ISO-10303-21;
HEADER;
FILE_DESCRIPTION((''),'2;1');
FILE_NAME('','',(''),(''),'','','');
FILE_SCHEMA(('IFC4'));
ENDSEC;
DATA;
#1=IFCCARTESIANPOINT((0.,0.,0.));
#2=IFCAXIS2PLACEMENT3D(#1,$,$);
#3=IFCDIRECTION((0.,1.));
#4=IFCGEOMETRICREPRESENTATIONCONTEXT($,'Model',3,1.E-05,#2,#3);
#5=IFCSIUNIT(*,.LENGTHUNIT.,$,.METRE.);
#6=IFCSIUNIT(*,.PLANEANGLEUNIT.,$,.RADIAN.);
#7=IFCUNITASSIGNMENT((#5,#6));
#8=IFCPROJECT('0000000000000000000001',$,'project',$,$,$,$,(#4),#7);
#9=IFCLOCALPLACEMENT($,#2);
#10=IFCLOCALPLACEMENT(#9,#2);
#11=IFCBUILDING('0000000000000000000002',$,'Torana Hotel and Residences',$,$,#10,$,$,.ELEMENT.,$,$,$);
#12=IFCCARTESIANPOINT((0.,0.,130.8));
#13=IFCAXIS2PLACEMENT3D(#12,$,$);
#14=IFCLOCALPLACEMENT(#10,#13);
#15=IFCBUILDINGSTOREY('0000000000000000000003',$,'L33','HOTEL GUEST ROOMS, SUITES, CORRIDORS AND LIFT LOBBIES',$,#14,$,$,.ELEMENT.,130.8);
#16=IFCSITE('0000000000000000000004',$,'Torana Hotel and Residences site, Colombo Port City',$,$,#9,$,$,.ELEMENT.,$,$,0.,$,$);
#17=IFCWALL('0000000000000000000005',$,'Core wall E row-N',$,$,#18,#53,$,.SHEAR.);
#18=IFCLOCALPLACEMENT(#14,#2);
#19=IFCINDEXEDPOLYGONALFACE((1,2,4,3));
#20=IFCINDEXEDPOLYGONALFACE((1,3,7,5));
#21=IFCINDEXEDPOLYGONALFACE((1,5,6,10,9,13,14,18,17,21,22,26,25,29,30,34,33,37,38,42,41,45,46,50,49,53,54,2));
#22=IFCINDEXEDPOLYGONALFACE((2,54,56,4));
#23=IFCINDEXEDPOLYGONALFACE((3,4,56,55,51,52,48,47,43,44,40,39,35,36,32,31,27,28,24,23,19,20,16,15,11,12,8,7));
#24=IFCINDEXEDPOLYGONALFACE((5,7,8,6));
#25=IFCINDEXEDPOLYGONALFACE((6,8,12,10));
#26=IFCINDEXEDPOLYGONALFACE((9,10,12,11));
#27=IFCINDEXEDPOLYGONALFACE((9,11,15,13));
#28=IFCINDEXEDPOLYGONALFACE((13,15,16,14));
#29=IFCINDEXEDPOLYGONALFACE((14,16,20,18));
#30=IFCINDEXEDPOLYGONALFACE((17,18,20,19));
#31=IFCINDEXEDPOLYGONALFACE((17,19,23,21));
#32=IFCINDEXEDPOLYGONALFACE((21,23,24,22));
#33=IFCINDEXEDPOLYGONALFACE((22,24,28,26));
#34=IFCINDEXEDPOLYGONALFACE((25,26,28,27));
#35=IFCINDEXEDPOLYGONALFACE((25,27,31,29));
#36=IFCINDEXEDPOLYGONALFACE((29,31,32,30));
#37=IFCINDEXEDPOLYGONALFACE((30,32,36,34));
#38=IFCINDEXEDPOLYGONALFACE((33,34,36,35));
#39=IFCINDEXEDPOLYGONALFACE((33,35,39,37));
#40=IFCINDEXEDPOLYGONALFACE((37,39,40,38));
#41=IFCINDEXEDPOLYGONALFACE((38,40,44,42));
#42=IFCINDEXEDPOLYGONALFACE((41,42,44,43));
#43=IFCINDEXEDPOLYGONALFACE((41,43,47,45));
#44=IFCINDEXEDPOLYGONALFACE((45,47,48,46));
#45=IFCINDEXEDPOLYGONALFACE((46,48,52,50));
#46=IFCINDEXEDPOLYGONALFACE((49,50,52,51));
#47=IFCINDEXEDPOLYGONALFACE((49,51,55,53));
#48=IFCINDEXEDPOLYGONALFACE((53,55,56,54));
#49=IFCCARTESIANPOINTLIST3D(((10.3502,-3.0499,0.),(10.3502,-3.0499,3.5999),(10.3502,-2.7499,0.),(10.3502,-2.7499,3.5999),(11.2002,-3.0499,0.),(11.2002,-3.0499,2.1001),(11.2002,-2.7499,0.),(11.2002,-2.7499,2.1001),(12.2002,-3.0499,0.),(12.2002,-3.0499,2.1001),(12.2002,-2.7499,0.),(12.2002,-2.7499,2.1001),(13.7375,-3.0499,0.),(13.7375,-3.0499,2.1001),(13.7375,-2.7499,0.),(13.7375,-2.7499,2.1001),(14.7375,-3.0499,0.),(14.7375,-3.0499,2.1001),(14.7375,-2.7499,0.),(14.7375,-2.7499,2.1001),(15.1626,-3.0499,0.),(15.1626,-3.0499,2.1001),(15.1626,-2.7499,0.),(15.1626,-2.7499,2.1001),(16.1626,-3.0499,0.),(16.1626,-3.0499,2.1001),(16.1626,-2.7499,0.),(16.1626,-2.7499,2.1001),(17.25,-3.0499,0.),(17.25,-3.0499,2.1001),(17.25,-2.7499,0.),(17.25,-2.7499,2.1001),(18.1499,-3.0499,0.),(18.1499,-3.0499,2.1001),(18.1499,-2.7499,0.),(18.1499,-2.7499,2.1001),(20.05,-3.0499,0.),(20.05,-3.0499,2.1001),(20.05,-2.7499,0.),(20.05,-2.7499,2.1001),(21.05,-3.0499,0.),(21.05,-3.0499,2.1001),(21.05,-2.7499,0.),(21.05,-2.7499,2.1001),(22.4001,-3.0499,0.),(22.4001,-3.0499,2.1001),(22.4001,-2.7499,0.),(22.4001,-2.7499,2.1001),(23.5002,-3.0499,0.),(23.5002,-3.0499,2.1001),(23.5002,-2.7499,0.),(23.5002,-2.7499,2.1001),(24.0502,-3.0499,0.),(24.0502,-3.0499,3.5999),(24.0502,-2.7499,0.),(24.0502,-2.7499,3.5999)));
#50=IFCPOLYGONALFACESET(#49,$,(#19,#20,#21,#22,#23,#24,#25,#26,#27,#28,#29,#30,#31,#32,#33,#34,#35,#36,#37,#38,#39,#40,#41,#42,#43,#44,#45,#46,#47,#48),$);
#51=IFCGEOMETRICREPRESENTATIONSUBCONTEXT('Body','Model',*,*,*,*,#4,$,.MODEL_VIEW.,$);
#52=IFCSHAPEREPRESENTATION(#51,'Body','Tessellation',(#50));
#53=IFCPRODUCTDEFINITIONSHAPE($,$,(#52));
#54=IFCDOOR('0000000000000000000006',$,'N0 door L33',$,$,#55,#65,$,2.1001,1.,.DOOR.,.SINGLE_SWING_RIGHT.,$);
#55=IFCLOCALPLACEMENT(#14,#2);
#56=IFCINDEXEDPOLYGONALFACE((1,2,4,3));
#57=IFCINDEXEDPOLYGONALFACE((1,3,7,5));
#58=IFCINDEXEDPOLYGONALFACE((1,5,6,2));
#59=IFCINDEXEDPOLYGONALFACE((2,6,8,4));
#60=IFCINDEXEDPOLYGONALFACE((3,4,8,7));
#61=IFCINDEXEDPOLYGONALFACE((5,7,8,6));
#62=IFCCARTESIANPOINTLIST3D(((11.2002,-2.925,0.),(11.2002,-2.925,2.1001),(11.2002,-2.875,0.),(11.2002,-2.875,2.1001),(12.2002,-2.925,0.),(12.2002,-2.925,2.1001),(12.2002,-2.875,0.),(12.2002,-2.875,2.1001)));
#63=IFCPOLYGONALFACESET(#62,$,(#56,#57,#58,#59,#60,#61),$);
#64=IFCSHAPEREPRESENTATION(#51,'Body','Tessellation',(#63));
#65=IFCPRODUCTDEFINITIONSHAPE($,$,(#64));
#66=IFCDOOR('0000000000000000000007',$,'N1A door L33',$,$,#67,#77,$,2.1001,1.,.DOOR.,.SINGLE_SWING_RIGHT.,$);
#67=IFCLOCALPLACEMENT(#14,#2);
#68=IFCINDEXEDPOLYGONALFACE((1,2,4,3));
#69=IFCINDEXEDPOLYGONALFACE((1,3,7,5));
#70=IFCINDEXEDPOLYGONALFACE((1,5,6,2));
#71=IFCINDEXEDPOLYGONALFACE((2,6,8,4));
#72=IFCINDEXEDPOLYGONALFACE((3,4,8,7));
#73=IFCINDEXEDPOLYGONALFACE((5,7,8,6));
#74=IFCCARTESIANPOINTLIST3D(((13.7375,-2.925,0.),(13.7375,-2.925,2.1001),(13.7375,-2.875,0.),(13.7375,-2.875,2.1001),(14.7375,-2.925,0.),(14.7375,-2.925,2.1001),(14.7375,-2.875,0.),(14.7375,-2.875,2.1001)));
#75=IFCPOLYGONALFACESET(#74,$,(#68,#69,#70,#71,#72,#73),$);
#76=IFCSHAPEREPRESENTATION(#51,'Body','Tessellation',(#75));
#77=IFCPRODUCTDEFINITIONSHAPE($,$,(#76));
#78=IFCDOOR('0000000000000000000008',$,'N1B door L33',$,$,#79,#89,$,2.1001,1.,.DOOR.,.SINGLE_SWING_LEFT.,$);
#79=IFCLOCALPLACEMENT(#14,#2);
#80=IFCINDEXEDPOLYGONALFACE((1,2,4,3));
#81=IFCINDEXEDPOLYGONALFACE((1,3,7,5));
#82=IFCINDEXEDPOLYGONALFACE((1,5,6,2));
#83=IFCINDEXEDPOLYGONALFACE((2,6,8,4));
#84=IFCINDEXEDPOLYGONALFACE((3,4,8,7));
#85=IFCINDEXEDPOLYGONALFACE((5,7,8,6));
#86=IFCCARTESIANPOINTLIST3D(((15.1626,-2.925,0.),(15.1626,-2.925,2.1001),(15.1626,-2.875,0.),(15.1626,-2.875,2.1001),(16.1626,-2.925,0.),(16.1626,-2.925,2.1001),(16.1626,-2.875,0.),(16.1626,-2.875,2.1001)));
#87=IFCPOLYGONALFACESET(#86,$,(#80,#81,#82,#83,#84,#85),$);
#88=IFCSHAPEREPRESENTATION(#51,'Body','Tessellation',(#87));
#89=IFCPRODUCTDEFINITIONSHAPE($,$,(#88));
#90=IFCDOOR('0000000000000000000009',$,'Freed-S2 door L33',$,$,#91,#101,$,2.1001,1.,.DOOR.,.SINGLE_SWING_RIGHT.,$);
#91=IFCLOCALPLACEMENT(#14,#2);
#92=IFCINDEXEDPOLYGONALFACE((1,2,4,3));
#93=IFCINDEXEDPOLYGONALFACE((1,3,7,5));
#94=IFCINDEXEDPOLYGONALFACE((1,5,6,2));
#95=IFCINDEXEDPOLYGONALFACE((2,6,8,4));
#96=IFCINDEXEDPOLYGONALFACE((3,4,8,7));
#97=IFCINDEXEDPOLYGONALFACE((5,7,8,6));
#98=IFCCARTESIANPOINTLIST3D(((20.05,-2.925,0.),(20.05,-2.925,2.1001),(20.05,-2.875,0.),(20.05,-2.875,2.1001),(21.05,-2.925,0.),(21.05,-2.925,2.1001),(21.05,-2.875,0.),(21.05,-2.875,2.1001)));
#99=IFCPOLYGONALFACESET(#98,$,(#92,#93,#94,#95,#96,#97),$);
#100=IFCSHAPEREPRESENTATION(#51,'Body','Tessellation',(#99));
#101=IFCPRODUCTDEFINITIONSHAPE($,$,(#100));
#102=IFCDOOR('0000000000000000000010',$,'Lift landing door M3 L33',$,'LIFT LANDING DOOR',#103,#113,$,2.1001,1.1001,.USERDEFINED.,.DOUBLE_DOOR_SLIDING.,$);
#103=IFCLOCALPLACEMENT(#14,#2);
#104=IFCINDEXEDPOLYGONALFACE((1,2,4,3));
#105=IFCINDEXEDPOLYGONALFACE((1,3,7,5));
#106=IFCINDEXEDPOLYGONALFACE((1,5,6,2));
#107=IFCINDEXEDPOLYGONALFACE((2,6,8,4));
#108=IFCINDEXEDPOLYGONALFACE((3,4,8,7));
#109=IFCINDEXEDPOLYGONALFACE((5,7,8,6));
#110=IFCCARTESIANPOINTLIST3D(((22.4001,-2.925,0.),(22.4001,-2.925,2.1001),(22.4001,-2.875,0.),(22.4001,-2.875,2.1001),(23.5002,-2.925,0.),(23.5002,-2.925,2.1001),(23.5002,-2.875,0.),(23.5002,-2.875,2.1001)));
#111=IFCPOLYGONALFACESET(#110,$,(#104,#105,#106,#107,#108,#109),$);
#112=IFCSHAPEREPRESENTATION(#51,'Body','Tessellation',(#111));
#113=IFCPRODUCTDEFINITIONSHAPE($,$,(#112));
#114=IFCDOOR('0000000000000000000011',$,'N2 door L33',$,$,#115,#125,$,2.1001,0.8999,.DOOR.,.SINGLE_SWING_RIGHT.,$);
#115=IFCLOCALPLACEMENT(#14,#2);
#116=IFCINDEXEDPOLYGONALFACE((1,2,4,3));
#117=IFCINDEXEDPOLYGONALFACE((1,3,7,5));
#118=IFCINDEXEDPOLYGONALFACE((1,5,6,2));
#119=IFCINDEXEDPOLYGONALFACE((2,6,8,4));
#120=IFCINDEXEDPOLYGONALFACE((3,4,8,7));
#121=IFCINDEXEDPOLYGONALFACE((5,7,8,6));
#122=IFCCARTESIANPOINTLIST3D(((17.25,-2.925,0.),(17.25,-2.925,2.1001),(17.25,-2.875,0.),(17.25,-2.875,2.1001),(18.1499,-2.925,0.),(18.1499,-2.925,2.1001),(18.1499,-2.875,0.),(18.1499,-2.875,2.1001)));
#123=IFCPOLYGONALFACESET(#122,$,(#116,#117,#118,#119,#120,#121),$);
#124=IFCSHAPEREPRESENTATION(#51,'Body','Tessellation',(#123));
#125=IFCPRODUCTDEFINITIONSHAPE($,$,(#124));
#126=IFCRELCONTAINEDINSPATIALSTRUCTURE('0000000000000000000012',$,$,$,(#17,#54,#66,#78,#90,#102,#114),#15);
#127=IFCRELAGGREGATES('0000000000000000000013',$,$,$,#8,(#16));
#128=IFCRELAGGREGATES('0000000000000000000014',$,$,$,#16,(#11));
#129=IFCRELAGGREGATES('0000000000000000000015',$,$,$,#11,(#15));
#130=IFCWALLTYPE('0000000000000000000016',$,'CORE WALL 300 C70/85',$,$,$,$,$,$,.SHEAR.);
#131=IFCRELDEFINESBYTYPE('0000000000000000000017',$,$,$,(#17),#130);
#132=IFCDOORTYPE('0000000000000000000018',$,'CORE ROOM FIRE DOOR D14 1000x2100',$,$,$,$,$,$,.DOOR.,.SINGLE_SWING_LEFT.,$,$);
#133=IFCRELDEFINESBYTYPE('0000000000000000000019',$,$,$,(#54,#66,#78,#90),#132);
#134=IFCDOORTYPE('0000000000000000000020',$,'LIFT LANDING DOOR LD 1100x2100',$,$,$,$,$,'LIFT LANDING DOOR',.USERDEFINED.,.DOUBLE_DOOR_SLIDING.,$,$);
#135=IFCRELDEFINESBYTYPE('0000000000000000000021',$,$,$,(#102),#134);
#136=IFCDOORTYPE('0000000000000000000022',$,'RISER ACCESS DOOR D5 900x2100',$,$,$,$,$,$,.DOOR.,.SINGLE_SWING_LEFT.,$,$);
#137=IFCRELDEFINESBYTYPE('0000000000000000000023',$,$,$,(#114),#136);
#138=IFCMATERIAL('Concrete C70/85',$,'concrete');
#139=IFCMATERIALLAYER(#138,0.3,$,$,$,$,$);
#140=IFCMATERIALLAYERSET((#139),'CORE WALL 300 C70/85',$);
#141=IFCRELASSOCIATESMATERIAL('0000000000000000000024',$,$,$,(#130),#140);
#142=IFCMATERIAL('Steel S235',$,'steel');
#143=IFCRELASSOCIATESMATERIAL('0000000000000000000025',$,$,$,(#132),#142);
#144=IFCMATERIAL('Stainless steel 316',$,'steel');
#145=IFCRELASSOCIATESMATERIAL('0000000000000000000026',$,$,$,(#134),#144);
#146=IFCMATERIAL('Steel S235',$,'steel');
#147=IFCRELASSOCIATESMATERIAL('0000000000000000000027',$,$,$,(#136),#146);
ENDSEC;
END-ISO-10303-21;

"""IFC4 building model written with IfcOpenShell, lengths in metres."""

from ifc_helpers import new_model, si_unit, direction, frame, frame_2d, origin, place, context, subcontext, project, spatial, rectangle, extrude, material, layer, layer_set, type_object, element, fill, save


model = new_model("IFC4")

# Units and contexts
model_context = context("Model", 3, precision=1e-05, world=origin(), true_north=direction((0.0, 1.0)))
body_context = subcontext(model_context, "Body", "Model", "MODEL_VIEW")
ifc_project = project(units=[si_unit("LENGTHUNIT", "METRE"), si_unit("PLANEANGLEUNIT", "RADIAN")], contexts=[model_context])

# Site, building, storey
site_placement = place(None, origin())
site = spatial("IfcSite", under=ifc_project, at=site_placement, Name="Torana Hotel and Residences site, Colombo Port City", CompositionType="ELEMENT", RefElevation=0.0)
building_placement = place(site_placement, origin())
building = spatial("IfcBuilding", under=site, at=building_placement, Name="Torana Hotel and Residences", CompositionType="ELEMENT")
storey_placement = place(building_placement, frame((0.0, 0.0, 130.8)))
storey = spatial("IfcBuildingStorey", under=building, at=storey_placement, Name="L33", Description="HOTEL GUEST ROOMS, SUITES, CORRIDORS AND LIFT LOBBIES", CompositionType="ELEMENT", Elevation=130.8)

# Wall, openings, doors
ifc_material_1 = material(Name="Concrete C70/85", Category="concrete")
ifc_layer_1 = layer(ifc_material_1, 0.3)
ifc_layer_set_1 = layer_set([ifc_layer_1], Name="CORE WALL 300 C70/85")
wall_type_1 = type_object("IfcWallType", Name="CORE WALL 300 C70/85", PredefinedType="SHEAR", material=ifc_layer_set_1)
wall_1_placement = place(storey_placement, frame((10.3501, -2.8999, 0.0), z_axis=(0.0, 0.0, 1.0), x_axis=(1.0, 0.0, 0.0)))
wall_1 = element("IfcWall", 1, at=wall_1_placement, inside=storey, type_object=wall_type_1, Name="Core wall E row-N", PredefinedType="SHEAR", context=body_context, shape_type="SweptSolid", body=[
    extrude(rectangle(XDim=13.7, YDim=0.3, at=frame_2d((6.8501, 0.0))), origin(), (0.0, 0.0, 1.0), 3.5999),
])
opening_1_placement = place(wall_1_placement, frame((12.05, 0.0, 0.0)))
opening_1 = element("IfcOpeningElement", 2, at=opening_1_placement, cuts=wall_1, PredefinedType="OPENING", context=body_context, shape_type="SweptSolid", body=[
    extrude(rectangle(XDim=1.1001, YDim=2.1001, at=frame_2d((0.55, 1.05))), frame((0.0, 0.1599, 0.0), z_axis=(0.0, -1.0, 0.0), x_axis=(1.0, 0.0, 0.0)), (0.0, 0.0, 1.0), 0.3201),
])
opening_2_placement = place(wall_1_placement, frame((6.8999, 0.0, 0.0)))
opening_2 = element("IfcOpeningElement", 3, at=opening_2_placement, cuts=wall_1, PredefinedType="OPENING", context=body_context, shape_type="SweptSolid", body=[
    extrude(rectangle(XDim=0.8999, YDim=2.1001, at=frame_2d((0.45, 1.05))), frame((0.0, 0.1599, 0.0), z_axis=(0.0, -1.0, 0.0), x_axis=(1.0, 0.0, 0.0)), (0.0, 0.0, 1.0), 0.3201),
])
opening_3_placement = place(wall_1_placement, frame((0.8501, 0.0, 0.0)))
opening_3 = element("IfcOpeningElement", 4, at=opening_3_placement, cuts=wall_1, PredefinedType="OPENING", context=body_context, shape_type="SweptSolid", body=[
    extrude(rectangle(XDim=1.0, YDim=2.1001, at=frame_2d((0.5, 1.05))), frame((0.0, 0.1599, 0.0), z_axis=(0.0, -1.0, 0.0), x_axis=(1.0, 0.0, 0.0)), (0.0, 0.0, 1.0), 0.3201),
])
opening_4_placement = place(wall_1_placement, frame((3.3875, 0.0, 0.0)))
opening_4 = element("IfcOpeningElement", 5, at=opening_4_placement, cuts=wall_1, PredefinedType="OPENING", context=body_context, shape_type="SweptSolid", body=[
    extrude(rectangle(XDim=1.0, YDim=2.1001, at=frame_2d((0.5, 1.05))), frame((0.0, 0.1599, 0.0), z_axis=(0.0, -1.0, 0.0), x_axis=(1.0, 0.0, 0.0)), (0.0, 0.0, 1.0), 0.3201),
])
opening_5_placement = place(wall_1_placement, frame((4.8125, 0.0, 0.0)))
opening_5 = element("IfcOpeningElement", 6, at=opening_5_placement, cuts=wall_1, PredefinedType="OPENING", context=body_context, shape_type="SweptSolid", body=[
    extrude(rectangle(XDim=1.0, YDim=2.1001, at=frame_2d((0.5, 1.05))), frame((0.0, 0.1599, 0.0), z_axis=(0.0, -1.0, 0.0), x_axis=(1.0, 0.0, 0.0)), (0.0, 0.0, 1.0), 0.3201),
])
opening_6_placement = place(wall_1_placement, frame((9.7, 0.0, 0.0)))
opening_6 = element("IfcOpeningElement", 7, at=opening_6_placement, cuts=wall_1, PredefinedType="OPENING", context=body_context, shape_type="SweptSolid", body=[
    extrude(rectangle(XDim=1.0, YDim=2.1001, at=frame_2d((0.5, 1.05))), frame((0.0, 0.1599, 0.0), z_axis=(0.0, -1.0, 0.0), x_axis=(1.0, 0.0, 0.0)), (0.0, 0.0, 1.0), 0.3201),
])
ifc_material_2 = material(Name="Steel S235", Category="steel")
door_type_1 = type_object("IfcDoorType", Name="CORE ROOM FIRE DOOR D14 1000x2100", OperationType="SINGLE_SWING_LEFT", PredefinedType="DOOR", material=ifc_material_2)
door_1_placement = place(opening_3_placement, origin())
door_1 = element("IfcDoor", 8, at=door_1_placement, inside=storey, type_object=door_type_1, Name="N0 door L33", OperationType="SINGLE_SWING_RIGHT", OverallHeight=2.1001, OverallWidth=1.0, PredefinedType="DOOR", context=body_context, shape_type="SweptSolid", body=[
    extrude(rectangle(XDim=1.0, YDim=2.1001, at=frame_2d((0.5, 1.05))), frame((0.0, 0.0249, 0.0), z_axis=(0.0, -1.0, 0.0), x_axis=(1.0, 0.0, 0.0)), (0.0, 0.0, 1.0), 0.05),
])
fill(opening_3, door_1)
door_2_placement = place(opening_4_placement, origin())
door_2 = element("IfcDoor", 9, at=door_2_placement, inside=storey, type_object=door_type_1, Name="N1A door L33", OperationType="SINGLE_SWING_RIGHT", OverallHeight=2.1001, OverallWidth=1.0, PredefinedType="DOOR", context=body_context, shape_type="SweptSolid", body=[
    extrude(rectangle(XDim=1.0, YDim=2.1001, at=frame_2d((0.5, 1.05))), frame((0.0, 0.0249, 0.0), z_axis=(0.0, -1.0, 0.0), x_axis=(1.0, 0.0, 0.0)), (0.0, 0.0, 1.0), 0.05),
])
fill(opening_4, door_2)
door_3_placement = place(opening_5_placement, origin())
door_3 = element("IfcDoor", 10, at=door_3_placement, inside=storey, type_object=door_type_1, Name="N1B door L33", OperationType="SINGLE_SWING_LEFT", OverallHeight=2.1001, OverallWidth=1.0, PredefinedType="DOOR", context=body_context, shape_type="SweptSolid", body=[
    extrude(rectangle(XDim=1.0, YDim=2.1001, at=frame_2d((0.5, 1.05))), frame((0.0, 0.0249, 0.0), z_axis=(0.0, -1.0, 0.0), x_axis=(1.0, 0.0, 0.0)), (0.0, 0.0, 1.0), 0.05),
])
fill(opening_5, door_3)
door_4_placement = place(opening_6_placement, origin())
door_4 = element("IfcDoor", 11, at=door_4_placement, inside=storey, type_object=door_type_1, Name="Freed-S2 door L33", OperationType="SINGLE_SWING_RIGHT", OverallHeight=2.1001, OverallWidth=1.0, PredefinedType="DOOR", context=body_context, shape_type="SweptSolid", body=[
    extrude(rectangle(XDim=1.0, YDim=2.1001, at=frame_2d((0.5, 1.05))), frame((0.0, 0.0249, 0.0), z_axis=(0.0, -1.0, 0.0), x_axis=(1.0, 0.0, 0.0)), (0.0, 0.0, 1.0), 0.05),
])
fill(opening_6, door_4)
ifc_material_3 = material(Name="Stainless steel 316", Category="steel")
door_type_2 = type_object("IfcDoorType", Name="LIFT LANDING DOOR LD 1100x2100", ElementType="LIFT LANDING DOOR", OperationType="DOUBLE_DOOR_SLIDING", PredefinedType="USERDEFINED", material=ifc_material_3)
door_5_placement = place(opening_1_placement, origin())
door_5 = element("IfcDoor", 12, at=door_5_placement, inside=storey, type_object=door_type_2, Name="Lift landing door M3 L33", ObjectType="LIFT LANDING DOOR", OperationType="DOUBLE_DOOR_SLIDING", OverallHeight=2.1001, OverallWidth=1.1001, PredefinedType="USERDEFINED", context=body_context, shape_type="SweptSolid", body=[
    extrude(rectangle(XDim=1.1001, YDim=2.1001, at=frame_2d((0.55, 1.05))), frame((0.0, 0.0249, 0.0), z_axis=(0.0, -1.0, 0.0), x_axis=(1.0, 0.0, 0.0)), (0.0, 0.0, 1.0), 0.05),
])
fill(opening_1, door_5)
ifc_material_4 = material(Name="Steel S235", Category="steel")
door_type_3 = type_object("IfcDoorType", Name="RISER ACCESS DOOR D5 900x2100", OperationType="SINGLE_SWING_LEFT", PredefinedType="DOOR", material=ifc_material_4)
door_6_placement = place(opening_2_placement, origin())
door_6 = element("IfcDoor", 13, at=door_6_placement, inside=storey, type_object=door_type_3, Name="N2 door L33", OperationType="SINGLE_SWING_RIGHT", OverallHeight=2.1001, OverallWidth=0.8999, PredefinedType="DOOR", context=body_context, shape_type="SweptSolid", body=[
    extrude(rectangle(XDim=0.8999, YDim=2.1001, at=frame_2d((0.45, 1.05))), frame((0.0, 0.0249, 0.0), z_axis=(0.0, -1.0, 0.0), x_axis=(1.0, 0.0, 0.0)), (0.0, 0.0, 1.0), 0.05),
])
fill(opening_2, door_6)

save(model, "model.ifc")
